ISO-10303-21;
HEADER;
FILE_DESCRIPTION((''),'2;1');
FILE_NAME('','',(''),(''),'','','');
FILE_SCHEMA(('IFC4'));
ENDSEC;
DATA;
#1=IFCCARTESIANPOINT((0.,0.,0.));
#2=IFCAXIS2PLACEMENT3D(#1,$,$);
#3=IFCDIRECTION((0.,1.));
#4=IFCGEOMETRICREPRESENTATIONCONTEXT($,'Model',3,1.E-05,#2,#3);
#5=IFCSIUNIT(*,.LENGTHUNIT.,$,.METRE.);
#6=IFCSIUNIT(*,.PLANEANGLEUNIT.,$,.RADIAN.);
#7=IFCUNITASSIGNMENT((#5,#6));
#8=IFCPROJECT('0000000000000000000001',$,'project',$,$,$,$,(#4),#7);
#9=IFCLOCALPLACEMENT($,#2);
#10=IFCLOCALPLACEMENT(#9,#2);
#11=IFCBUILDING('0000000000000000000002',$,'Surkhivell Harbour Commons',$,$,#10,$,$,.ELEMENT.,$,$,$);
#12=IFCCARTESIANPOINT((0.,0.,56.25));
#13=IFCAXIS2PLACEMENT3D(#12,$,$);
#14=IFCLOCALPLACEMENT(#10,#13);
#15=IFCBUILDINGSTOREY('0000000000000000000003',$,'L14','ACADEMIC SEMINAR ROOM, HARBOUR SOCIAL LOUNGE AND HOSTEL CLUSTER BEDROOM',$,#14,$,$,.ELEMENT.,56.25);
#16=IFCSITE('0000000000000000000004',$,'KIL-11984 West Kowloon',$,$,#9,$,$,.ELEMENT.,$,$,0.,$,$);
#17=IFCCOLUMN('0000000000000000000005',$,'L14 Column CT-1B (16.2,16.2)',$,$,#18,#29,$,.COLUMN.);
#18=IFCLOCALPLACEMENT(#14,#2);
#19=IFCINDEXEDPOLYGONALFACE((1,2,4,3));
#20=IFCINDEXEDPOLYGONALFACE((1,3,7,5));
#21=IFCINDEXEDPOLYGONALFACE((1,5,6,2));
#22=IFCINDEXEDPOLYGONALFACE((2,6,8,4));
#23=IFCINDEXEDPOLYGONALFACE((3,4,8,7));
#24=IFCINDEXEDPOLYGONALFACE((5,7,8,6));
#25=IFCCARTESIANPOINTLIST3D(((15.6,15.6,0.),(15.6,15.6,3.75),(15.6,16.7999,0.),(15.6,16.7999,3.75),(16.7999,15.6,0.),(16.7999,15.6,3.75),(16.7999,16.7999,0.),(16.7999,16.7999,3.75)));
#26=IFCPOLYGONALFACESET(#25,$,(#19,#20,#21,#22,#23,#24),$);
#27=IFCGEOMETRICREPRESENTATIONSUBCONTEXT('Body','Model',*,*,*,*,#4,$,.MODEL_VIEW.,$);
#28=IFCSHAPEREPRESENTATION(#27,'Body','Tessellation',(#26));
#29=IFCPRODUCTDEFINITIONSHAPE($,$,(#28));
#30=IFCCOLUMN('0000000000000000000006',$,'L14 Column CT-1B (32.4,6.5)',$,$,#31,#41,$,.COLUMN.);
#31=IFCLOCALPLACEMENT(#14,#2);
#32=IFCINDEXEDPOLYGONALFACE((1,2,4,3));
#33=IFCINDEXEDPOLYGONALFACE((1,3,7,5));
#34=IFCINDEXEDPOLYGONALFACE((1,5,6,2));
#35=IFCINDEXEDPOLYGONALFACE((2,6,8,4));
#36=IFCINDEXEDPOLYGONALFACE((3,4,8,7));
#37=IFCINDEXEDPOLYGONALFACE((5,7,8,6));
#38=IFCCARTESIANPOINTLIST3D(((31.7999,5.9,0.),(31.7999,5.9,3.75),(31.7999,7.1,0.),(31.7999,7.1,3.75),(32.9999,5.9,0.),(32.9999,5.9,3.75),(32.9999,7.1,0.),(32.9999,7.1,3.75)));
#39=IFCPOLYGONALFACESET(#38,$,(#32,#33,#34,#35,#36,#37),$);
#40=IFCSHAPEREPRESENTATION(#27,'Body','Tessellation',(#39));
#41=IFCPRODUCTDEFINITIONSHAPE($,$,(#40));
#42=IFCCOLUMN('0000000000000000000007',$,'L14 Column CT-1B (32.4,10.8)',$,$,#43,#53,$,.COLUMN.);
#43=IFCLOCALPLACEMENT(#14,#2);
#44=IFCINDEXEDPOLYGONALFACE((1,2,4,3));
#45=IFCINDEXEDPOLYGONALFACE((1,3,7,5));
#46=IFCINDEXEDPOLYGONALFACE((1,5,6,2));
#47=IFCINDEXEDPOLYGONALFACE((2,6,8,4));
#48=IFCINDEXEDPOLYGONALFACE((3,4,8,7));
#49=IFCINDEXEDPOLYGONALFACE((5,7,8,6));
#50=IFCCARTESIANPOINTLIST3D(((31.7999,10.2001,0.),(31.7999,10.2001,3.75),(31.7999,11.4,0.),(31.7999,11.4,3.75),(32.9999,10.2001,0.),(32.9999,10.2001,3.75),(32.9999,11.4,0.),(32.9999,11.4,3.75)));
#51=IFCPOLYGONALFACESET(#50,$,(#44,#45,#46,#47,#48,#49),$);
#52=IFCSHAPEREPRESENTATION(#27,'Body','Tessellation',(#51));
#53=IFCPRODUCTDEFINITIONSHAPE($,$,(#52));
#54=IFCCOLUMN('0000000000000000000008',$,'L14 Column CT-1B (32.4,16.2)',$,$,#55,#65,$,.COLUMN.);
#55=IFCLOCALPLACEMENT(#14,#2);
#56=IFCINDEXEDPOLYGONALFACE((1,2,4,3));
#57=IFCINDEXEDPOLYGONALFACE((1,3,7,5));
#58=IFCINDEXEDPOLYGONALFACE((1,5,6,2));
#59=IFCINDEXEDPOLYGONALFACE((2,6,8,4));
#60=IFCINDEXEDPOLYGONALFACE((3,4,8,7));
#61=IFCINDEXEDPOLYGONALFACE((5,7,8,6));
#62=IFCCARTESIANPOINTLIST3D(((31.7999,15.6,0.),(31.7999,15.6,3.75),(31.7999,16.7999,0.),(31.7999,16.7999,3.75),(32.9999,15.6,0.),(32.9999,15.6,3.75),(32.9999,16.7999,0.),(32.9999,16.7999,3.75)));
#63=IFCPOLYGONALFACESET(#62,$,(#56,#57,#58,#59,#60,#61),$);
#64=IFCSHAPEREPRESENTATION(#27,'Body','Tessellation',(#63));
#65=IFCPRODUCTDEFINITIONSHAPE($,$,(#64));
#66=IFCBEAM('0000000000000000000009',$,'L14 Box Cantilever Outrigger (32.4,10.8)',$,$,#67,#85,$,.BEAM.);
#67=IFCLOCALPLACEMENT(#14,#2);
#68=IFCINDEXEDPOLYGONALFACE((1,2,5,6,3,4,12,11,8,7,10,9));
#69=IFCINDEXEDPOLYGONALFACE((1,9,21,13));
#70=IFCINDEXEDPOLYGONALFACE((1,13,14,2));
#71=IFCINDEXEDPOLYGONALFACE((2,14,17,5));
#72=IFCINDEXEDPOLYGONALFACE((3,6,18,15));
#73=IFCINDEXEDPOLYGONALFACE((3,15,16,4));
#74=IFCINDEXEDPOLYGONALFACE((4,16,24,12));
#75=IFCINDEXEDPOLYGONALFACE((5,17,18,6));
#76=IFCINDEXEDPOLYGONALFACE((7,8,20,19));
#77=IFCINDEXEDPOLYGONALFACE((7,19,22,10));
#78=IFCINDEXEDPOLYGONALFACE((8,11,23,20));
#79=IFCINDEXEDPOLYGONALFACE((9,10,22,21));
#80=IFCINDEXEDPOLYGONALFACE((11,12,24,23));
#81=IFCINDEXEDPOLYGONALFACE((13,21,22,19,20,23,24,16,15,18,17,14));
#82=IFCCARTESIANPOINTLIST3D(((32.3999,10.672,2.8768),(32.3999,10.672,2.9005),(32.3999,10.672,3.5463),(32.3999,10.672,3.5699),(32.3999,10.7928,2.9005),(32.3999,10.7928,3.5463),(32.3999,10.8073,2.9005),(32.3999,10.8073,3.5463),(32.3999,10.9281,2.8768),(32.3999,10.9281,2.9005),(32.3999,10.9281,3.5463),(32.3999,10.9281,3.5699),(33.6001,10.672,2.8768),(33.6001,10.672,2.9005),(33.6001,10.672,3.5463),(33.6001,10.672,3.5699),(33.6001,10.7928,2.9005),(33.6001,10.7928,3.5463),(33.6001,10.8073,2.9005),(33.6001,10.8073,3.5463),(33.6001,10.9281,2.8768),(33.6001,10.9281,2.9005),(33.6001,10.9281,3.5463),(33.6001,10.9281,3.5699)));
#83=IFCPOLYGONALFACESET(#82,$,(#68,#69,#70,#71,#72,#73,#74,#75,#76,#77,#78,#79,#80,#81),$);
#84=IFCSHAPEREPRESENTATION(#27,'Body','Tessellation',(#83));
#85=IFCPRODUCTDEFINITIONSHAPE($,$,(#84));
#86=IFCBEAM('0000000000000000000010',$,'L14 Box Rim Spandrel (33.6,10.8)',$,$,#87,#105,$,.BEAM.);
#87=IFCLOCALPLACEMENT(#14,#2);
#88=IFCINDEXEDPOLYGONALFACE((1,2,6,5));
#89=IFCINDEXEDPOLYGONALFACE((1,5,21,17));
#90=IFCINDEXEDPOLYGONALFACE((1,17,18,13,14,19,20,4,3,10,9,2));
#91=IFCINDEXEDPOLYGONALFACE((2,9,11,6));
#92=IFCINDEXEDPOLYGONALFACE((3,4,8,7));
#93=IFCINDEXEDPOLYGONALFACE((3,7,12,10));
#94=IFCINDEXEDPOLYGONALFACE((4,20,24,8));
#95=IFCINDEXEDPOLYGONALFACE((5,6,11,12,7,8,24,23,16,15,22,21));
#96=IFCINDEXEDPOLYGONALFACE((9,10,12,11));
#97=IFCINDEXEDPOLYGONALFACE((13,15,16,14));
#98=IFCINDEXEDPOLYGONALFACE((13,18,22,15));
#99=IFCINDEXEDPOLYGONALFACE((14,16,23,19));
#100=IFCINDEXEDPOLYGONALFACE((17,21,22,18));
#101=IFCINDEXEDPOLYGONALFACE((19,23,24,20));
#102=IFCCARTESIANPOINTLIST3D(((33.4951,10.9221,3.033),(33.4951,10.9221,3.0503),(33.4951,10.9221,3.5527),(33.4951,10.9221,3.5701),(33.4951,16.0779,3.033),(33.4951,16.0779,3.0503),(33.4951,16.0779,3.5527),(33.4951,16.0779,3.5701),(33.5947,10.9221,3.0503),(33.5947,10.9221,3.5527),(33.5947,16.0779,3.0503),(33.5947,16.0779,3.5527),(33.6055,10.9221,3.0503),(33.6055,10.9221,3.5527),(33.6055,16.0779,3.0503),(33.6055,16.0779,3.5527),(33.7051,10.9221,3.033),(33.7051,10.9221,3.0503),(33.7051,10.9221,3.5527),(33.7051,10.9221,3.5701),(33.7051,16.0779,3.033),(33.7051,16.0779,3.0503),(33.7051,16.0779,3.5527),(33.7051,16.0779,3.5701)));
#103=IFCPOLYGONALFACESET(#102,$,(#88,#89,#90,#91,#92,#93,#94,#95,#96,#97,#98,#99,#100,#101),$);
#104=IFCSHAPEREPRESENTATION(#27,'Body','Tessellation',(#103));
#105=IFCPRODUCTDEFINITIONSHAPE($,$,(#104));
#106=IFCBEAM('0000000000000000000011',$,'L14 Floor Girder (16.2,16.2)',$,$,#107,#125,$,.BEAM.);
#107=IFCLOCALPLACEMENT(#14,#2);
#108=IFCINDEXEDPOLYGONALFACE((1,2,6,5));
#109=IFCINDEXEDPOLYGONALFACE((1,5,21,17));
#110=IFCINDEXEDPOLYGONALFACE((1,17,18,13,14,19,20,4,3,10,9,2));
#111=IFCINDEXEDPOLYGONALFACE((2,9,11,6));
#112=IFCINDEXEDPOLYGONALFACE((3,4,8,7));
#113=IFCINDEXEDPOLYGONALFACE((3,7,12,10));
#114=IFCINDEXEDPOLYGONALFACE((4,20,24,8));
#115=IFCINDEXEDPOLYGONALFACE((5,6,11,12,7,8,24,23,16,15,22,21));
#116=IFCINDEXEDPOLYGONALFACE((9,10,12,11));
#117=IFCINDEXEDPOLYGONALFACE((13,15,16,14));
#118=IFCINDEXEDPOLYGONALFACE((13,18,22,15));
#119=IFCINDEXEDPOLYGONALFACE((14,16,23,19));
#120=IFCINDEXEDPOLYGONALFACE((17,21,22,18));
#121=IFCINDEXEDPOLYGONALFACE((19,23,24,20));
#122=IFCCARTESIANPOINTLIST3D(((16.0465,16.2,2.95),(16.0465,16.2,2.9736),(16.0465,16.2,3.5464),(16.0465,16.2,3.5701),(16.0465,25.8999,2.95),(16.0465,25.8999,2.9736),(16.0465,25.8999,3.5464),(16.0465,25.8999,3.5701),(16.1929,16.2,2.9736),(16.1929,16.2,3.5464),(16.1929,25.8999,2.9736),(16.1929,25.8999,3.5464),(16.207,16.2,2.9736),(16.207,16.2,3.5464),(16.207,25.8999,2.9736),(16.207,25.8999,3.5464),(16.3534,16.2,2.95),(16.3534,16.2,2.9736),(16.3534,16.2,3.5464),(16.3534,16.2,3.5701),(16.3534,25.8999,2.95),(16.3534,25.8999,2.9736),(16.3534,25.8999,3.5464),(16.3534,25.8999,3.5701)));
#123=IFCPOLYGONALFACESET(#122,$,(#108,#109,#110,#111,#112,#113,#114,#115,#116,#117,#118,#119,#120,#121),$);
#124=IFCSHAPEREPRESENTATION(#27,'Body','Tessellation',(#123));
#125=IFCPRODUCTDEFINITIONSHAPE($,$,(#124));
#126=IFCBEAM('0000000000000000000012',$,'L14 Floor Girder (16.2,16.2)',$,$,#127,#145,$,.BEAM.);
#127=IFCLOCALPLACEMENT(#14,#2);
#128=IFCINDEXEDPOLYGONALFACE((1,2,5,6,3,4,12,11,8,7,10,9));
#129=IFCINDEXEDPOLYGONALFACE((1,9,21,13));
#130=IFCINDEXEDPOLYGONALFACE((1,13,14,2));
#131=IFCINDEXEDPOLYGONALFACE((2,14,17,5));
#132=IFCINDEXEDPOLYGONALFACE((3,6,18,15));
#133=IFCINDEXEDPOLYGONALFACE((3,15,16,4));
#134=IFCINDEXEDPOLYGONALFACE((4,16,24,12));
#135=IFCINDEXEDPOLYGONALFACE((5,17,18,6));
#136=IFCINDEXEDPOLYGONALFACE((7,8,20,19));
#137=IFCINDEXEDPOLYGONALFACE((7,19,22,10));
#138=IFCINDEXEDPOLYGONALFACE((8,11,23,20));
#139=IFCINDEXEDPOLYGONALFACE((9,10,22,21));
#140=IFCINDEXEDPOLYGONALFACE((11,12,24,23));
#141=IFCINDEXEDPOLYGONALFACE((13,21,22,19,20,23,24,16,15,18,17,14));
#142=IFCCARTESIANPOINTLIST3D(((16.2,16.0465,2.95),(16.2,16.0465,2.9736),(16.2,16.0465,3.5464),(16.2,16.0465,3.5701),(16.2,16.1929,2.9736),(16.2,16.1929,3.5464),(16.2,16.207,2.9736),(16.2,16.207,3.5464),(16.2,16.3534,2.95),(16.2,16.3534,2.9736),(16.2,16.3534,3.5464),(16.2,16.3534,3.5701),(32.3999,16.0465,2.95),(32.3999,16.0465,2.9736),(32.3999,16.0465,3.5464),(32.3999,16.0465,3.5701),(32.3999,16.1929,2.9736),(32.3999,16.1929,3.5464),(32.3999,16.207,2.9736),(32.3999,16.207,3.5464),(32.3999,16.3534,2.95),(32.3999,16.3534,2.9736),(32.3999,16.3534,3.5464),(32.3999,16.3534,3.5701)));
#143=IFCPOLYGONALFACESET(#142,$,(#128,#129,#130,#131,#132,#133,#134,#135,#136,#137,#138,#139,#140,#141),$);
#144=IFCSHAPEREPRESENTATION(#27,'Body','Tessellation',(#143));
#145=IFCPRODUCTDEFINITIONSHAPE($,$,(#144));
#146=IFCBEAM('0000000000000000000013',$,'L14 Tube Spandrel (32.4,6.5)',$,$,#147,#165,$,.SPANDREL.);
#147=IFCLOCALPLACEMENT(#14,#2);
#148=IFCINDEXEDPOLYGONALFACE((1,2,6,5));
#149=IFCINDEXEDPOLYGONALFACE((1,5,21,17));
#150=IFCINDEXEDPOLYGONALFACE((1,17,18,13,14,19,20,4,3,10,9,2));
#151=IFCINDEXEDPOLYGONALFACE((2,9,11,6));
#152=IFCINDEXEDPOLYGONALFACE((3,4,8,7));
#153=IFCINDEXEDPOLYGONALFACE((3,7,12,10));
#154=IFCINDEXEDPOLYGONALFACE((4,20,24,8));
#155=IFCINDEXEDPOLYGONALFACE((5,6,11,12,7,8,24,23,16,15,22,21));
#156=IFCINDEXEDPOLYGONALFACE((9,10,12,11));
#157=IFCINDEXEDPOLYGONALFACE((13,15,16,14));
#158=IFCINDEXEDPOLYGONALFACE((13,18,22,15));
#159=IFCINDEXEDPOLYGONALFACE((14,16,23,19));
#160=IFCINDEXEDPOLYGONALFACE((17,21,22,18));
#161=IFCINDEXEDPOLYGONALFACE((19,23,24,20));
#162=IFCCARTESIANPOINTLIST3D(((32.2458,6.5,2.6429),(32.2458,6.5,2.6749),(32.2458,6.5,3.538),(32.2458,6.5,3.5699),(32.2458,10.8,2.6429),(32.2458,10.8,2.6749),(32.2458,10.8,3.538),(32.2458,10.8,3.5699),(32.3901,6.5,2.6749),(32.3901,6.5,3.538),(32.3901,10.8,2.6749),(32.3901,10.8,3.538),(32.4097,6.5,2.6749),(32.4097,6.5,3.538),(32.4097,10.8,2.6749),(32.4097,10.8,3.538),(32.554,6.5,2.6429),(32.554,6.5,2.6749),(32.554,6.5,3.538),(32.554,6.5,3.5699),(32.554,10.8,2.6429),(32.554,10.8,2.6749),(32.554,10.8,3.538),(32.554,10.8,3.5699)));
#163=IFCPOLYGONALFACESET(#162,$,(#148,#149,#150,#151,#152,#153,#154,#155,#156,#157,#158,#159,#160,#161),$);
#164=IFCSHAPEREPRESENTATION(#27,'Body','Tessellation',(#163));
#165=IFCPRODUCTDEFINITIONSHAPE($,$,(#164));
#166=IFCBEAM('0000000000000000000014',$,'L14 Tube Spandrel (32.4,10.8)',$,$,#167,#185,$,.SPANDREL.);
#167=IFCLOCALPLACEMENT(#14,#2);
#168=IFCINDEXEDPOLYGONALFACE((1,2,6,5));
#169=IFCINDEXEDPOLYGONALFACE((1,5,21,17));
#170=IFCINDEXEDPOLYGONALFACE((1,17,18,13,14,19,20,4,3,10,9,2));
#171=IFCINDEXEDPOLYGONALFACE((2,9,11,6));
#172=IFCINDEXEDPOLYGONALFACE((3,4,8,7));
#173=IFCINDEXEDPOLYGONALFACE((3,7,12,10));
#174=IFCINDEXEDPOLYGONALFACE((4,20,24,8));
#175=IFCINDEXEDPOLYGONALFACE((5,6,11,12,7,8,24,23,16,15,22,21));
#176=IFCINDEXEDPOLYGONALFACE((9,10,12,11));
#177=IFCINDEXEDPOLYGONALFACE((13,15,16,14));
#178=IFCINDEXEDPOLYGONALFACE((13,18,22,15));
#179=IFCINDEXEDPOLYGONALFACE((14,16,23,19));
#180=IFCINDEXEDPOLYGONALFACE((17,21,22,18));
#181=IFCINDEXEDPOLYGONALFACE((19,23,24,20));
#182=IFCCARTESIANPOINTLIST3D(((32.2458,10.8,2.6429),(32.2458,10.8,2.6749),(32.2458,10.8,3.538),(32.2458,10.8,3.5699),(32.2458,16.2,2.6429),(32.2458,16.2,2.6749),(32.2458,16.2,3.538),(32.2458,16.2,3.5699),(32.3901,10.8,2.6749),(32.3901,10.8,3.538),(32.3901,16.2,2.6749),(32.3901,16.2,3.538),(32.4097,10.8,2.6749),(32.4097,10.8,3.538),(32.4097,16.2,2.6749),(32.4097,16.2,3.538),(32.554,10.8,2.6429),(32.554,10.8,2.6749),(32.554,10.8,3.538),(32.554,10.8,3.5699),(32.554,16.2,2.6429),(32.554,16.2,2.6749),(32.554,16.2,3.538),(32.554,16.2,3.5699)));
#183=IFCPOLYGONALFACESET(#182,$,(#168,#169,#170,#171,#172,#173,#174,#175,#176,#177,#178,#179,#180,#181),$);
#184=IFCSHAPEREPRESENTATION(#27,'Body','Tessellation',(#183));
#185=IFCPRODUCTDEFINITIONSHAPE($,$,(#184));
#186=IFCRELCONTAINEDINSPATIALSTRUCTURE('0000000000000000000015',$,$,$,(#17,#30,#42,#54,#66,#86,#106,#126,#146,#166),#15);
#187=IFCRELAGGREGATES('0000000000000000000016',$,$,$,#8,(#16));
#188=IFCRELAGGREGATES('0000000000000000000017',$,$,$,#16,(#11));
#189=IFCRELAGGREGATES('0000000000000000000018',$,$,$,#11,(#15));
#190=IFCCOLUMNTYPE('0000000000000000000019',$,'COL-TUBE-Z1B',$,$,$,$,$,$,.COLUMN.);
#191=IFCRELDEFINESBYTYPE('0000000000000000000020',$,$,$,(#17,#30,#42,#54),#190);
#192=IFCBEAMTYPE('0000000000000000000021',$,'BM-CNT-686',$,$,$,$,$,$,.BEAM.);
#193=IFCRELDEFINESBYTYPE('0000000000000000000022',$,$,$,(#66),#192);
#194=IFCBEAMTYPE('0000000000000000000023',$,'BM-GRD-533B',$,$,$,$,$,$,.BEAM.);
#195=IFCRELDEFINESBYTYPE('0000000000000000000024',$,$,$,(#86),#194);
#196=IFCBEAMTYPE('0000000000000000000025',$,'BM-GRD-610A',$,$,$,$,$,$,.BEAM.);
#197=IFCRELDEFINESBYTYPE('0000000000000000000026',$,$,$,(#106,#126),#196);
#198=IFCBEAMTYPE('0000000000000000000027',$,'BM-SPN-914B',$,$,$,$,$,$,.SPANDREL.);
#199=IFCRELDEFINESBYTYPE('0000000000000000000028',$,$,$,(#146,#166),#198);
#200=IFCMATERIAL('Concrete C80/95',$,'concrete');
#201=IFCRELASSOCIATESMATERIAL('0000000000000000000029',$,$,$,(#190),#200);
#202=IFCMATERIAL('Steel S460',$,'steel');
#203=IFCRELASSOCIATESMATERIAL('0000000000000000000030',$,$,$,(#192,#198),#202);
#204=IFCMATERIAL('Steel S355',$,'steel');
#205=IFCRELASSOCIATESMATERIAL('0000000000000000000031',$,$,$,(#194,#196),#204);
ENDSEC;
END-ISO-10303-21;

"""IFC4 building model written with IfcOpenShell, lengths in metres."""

from ifc_helpers import new_model, si_unit, direction, frame, origin, origin_2d, place, context, subcontext, project, spatial, rectangle, i_section, extrude, material, material_profile, profile_set, type_object, element, save


model = new_model("IFC4")

# Units and contexts
model_context = context("Model", 3, precision=1e-05, world=origin(), true_north=direction((0.0, 1.0)))
body_context = subcontext(model_context, "Body", "Model", "MODEL_VIEW")
ifc_project = project(units=[si_unit("LENGTHUNIT", "METRE"), si_unit("PLANEANGLEUNIT", "RADIAN")], contexts=[model_context])

# Site, building, storey
site_placement = place(None, origin())
site = spatial("IfcSite", under=ifc_project, at=site_placement, Name="KIL-11984 West Kowloon", CompositionType="ELEMENT", RefElevation=0.0)
building_placement = place(site_placement, origin())
building = spatial("IfcBuilding", under=site, at=building_placement, Name="Surkhivell Harbour Commons", CompositionType="ELEMENT")
storey_placement = place(building_placement, frame((0.0, 0.0, 56.25)))
storey = spatial("IfcBuildingStorey", under=building, at=storey_placement, Name="L14", Description="ACADEMIC SEMINAR ROOM, HARBOUR SOCIAL LOUNGE AND HOSTEL CLUSTER BEDROOM", CompositionType="ELEMENT", Elevation=56.25)

# Columns
ifc_material_1 = material(Name="Concrete C80/95", Category="concrete")
ifc_material_profile_1 = material_profile(ifc_material_1, rectangle(XDim=1.2, YDim=1.2, at=origin_2d()), Name="RC-COL-1200x1200")
ifc_profile_set_1 = profile_set([ifc_material_profile_1], Name="Concrete C80/95")
column_type = type_object("IfcColumnType", Name="COL-TUBE-Z1B", PredefinedType="COLUMN", material=ifc_profile_set_1)
for number, where, z_axis, x_axis, name in (
    (1, (16.2, 16.2, 0.0), (0.0, 0.0, 1.0), (1.0, 0.0, 0.0), "L14 Column CT-1B (16.2,16.2)"),
    (2, (32.3999, 6.5, 0.0), (0.0, 0.0, 1.0), (1.0, 0.0, 0.0), "L14 Column CT-1B (32.4,6.5)"),
    (3, (32.3999, 10.8, 0.0), (0.0, 0.0, 1.0), (1.0, 0.0, 0.0), "L14 Column CT-1B (32.4,10.8)"),
    (4, (32.3999, 16.2, 0.0), (0.0, 0.0, 1.0), (1.0, 0.0, 0.0), "L14 Column CT-1B (32.4,16.2)"),
):
    element("IfcColumn", number, at=place(storey_placement, frame(where, z_axis=z_axis, x_axis=x_axis)), inside=storey, type_object=column_type, Name=name, PredefinedType="COLUMN", context=body_context, shape_type="SweptSolid", body=[
        extrude(rectangle(XDim=1.2, YDim=1.2, at=origin_2d()), origin(), (0.0, 0.0, 1.0), 3.75),
    ])

# Beams
ifc_material_2 = material(Name="Steel S460", Category="steel")
ifc_material_profile_2 = material_profile(ifc_material_2, i_section(OverallWidth=0.2561, OverallDepth=0.6931, WebThickness=0.0144, FlangeThickness=0.0237, at=origin_2d()), Name="UB686x254x170")
ifc_profile_set_2 = profile_set([ifc_material_profile_2], Name="Steel S460")
beam_type_1 = type_object("IfcBeamType", Name="BM-CNT-686", PredefinedType="BEAM", material=ifc_profile_set_2)
beam_1_placement = place(storey_placement, frame((32.3999, 10.8, 3.2234), z_axis=(1.0, 0.0, 0.0), x_axis=(0.0, 1.0, 0.0)))
element("IfcBeam", 5, at=beam_1_placement, inside=storey, type_object=beam_type_1, Name="L14 Box Cantilever Outrigger (32.4,10.8)", PredefinedType="BEAM", context=body_context, shape_type="SweptSolid", body=[
    extrude(i_section(OverallWidth=0.2561, OverallDepth=0.6931, WebThickness=0.0144, FlangeThickness=0.0237, at=origin_2d()), origin(), (0.0, 0.0, 1.0), 1.2002),
])
ifc_material_3 = material(Name="Steel S355", Category="steel")
ifc_material_profile_3 = material_profile(ifc_material_3, i_section(OverallWidth=0.21, OverallDepth=0.5371, WebThickness=0.0107, FlangeThickness=0.0173, at=origin_2d()), Name="UB533x210x101")
ifc_profile_set_3 = profile_set([ifc_material_profile_3], Name="Steel S355")
beam_type_2 = type_object("IfcBeamType", Name="BM-GRD-533B", PredefinedType="BEAM", material=ifc_profile_set_3)
beam_2_placement = place(storey_placement, frame((33.6001, 10.9221, 3.3015), z_axis=(0.0, 1.0, 0.0), x_axis=(-1.0, 0.0, 0.0)))
element("IfcBeam", 6, at=beam_2_placement, inside=storey, type_object=beam_type_2, Name="L14 Box Rim Spandrel (33.6,10.8)", PredefinedType="BEAM", context=body_context, shape_type="SweptSolid", body=[
    extrude(i_section(OverallWidth=0.21, OverallDepth=0.5371, WebThickness=0.0107, FlangeThickness=0.0173, at=origin_2d()), origin(), (0.0, 0.0, 1.0), 5.1558),
])
ifc_material_profile_4 = material_profile(ifc_material_3, i_section(OverallWidth=0.3069, OverallDepth=0.6201, WebThickness=0.0142, FlangeThickness=0.0237, at=origin_2d()), Name="UB610x305x179")
ifc_profile_set_4 = profile_set([ifc_material_profile_4], Name="Steel S355")
beam_type_3 = type_object("IfcBeamType", Name="BM-GRD-610A", PredefinedType="BEAM", material=ifc_profile_set_4)
beam_3_placement = place(storey_placement, frame((16.2, 16.2, 3.26), z_axis=(0.0, 1.0, 0.0), x_axis=(-1.0, 0.0, 0.0)))
element("IfcBeam", 7, at=beam_3_placement, inside=storey, type_object=beam_type_3, Name="L14 Floor Girder (16.2,16.2)", PredefinedType="BEAM", context=body_context, shape_type="SweptSolid", body=[
    extrude(i_section(OverallWidth=0.3069, OverallDepth=0.6201, WebThickness=0.0142, FlangeThickness=0.0237, at=origin_2d()), origin(), (0.0, 0.0, 1.0), 9.7),
])
beam_4_placement = place(storey_placement, frame((16.2, 16.2, 3.26), z_axis=(1.0, 0.0, 0.0), x_axis=(0.0, 1.0, 0.0)))
element("IfcBeam", 8, at=beam_4_placement, inside=storey, type_object=beam_type_3, Name="L14 Floor Girder (16.2,16.2)", PredefinedType="BEAM", context=body_context, shape_type="SweptSolid", body=[
    extrude(i_section(OverallWidth=0.3069, OverallDepth=0.6201, WebThickness=0.0142, FlangeThickness=0.0237, at=origin_2d()), origin(), (0.0, 0.0, 1.0), 16.2),
])
ifc_material_profile_5 = material_profile(ifc_material_2, i_section(OverallWidth=0.3081, OverallDepth=0.927, WebThickness=0.0195, FlangeThickness=0.032, at=origin_2d()), Name="UB914x305x289")
ifc_profile_set_5 = profile_set([ifc_material_profile_5], Name="Steel S460")
beam_type_4 = type_object("IfcBeamType", Name="BM-SPN-914B", PredefinedType="SPANDREL", material=ifc_profile_set_5)
beam_5_placement = place(storey_placement, frame((32.3999, 6.5, 3.1064), z_axis=(0.0, 1.0, 0.0), x_axis=(-1.0, 0.0, 0.0)))
element("IfcBeam", 9, at=beam_5_placement, inside=storey, type_object=beam_type_4, Name="L14 Tube Spandrel (32.4,6.5)", PredefinedType="SPANDREL", context=body_context, shape_type="SweptSolid", body=[
    extrude(i_section(OverallWidth=0.3081, OverallDepth=0.927, WebThickness=0.0195, FlangeThickness=0.032, at=origin_2d()), origin(), (0.0, 0.0, 1.0), 4.3),
])
beam_6_placement = place(storey_placement, frame((32.3999, 10.8, 3.1064), z_axis=(0.0, 1.0, 0.0), x_axis=(-1.0, 0.0, 0.0)))
element("IfcBeam", 10, at=beam_6_placement, inside=storey, type_object=beam_type_4, Name="L14 Tube Spandrel (32.4,10.8)", PredefinedType="SPANDREL", context=body_context, shape_type="SweptSolid", body=[
    extrude(i_section(OverallWidth=0.3081, OverallDepth=0.927, WebThickness=0.0195, FlangeThickness=0.032, at=origin_2d()), origin(), (0.0, 0.0, 1.0), 5.3999),
])

save(model, "model.ifc")
